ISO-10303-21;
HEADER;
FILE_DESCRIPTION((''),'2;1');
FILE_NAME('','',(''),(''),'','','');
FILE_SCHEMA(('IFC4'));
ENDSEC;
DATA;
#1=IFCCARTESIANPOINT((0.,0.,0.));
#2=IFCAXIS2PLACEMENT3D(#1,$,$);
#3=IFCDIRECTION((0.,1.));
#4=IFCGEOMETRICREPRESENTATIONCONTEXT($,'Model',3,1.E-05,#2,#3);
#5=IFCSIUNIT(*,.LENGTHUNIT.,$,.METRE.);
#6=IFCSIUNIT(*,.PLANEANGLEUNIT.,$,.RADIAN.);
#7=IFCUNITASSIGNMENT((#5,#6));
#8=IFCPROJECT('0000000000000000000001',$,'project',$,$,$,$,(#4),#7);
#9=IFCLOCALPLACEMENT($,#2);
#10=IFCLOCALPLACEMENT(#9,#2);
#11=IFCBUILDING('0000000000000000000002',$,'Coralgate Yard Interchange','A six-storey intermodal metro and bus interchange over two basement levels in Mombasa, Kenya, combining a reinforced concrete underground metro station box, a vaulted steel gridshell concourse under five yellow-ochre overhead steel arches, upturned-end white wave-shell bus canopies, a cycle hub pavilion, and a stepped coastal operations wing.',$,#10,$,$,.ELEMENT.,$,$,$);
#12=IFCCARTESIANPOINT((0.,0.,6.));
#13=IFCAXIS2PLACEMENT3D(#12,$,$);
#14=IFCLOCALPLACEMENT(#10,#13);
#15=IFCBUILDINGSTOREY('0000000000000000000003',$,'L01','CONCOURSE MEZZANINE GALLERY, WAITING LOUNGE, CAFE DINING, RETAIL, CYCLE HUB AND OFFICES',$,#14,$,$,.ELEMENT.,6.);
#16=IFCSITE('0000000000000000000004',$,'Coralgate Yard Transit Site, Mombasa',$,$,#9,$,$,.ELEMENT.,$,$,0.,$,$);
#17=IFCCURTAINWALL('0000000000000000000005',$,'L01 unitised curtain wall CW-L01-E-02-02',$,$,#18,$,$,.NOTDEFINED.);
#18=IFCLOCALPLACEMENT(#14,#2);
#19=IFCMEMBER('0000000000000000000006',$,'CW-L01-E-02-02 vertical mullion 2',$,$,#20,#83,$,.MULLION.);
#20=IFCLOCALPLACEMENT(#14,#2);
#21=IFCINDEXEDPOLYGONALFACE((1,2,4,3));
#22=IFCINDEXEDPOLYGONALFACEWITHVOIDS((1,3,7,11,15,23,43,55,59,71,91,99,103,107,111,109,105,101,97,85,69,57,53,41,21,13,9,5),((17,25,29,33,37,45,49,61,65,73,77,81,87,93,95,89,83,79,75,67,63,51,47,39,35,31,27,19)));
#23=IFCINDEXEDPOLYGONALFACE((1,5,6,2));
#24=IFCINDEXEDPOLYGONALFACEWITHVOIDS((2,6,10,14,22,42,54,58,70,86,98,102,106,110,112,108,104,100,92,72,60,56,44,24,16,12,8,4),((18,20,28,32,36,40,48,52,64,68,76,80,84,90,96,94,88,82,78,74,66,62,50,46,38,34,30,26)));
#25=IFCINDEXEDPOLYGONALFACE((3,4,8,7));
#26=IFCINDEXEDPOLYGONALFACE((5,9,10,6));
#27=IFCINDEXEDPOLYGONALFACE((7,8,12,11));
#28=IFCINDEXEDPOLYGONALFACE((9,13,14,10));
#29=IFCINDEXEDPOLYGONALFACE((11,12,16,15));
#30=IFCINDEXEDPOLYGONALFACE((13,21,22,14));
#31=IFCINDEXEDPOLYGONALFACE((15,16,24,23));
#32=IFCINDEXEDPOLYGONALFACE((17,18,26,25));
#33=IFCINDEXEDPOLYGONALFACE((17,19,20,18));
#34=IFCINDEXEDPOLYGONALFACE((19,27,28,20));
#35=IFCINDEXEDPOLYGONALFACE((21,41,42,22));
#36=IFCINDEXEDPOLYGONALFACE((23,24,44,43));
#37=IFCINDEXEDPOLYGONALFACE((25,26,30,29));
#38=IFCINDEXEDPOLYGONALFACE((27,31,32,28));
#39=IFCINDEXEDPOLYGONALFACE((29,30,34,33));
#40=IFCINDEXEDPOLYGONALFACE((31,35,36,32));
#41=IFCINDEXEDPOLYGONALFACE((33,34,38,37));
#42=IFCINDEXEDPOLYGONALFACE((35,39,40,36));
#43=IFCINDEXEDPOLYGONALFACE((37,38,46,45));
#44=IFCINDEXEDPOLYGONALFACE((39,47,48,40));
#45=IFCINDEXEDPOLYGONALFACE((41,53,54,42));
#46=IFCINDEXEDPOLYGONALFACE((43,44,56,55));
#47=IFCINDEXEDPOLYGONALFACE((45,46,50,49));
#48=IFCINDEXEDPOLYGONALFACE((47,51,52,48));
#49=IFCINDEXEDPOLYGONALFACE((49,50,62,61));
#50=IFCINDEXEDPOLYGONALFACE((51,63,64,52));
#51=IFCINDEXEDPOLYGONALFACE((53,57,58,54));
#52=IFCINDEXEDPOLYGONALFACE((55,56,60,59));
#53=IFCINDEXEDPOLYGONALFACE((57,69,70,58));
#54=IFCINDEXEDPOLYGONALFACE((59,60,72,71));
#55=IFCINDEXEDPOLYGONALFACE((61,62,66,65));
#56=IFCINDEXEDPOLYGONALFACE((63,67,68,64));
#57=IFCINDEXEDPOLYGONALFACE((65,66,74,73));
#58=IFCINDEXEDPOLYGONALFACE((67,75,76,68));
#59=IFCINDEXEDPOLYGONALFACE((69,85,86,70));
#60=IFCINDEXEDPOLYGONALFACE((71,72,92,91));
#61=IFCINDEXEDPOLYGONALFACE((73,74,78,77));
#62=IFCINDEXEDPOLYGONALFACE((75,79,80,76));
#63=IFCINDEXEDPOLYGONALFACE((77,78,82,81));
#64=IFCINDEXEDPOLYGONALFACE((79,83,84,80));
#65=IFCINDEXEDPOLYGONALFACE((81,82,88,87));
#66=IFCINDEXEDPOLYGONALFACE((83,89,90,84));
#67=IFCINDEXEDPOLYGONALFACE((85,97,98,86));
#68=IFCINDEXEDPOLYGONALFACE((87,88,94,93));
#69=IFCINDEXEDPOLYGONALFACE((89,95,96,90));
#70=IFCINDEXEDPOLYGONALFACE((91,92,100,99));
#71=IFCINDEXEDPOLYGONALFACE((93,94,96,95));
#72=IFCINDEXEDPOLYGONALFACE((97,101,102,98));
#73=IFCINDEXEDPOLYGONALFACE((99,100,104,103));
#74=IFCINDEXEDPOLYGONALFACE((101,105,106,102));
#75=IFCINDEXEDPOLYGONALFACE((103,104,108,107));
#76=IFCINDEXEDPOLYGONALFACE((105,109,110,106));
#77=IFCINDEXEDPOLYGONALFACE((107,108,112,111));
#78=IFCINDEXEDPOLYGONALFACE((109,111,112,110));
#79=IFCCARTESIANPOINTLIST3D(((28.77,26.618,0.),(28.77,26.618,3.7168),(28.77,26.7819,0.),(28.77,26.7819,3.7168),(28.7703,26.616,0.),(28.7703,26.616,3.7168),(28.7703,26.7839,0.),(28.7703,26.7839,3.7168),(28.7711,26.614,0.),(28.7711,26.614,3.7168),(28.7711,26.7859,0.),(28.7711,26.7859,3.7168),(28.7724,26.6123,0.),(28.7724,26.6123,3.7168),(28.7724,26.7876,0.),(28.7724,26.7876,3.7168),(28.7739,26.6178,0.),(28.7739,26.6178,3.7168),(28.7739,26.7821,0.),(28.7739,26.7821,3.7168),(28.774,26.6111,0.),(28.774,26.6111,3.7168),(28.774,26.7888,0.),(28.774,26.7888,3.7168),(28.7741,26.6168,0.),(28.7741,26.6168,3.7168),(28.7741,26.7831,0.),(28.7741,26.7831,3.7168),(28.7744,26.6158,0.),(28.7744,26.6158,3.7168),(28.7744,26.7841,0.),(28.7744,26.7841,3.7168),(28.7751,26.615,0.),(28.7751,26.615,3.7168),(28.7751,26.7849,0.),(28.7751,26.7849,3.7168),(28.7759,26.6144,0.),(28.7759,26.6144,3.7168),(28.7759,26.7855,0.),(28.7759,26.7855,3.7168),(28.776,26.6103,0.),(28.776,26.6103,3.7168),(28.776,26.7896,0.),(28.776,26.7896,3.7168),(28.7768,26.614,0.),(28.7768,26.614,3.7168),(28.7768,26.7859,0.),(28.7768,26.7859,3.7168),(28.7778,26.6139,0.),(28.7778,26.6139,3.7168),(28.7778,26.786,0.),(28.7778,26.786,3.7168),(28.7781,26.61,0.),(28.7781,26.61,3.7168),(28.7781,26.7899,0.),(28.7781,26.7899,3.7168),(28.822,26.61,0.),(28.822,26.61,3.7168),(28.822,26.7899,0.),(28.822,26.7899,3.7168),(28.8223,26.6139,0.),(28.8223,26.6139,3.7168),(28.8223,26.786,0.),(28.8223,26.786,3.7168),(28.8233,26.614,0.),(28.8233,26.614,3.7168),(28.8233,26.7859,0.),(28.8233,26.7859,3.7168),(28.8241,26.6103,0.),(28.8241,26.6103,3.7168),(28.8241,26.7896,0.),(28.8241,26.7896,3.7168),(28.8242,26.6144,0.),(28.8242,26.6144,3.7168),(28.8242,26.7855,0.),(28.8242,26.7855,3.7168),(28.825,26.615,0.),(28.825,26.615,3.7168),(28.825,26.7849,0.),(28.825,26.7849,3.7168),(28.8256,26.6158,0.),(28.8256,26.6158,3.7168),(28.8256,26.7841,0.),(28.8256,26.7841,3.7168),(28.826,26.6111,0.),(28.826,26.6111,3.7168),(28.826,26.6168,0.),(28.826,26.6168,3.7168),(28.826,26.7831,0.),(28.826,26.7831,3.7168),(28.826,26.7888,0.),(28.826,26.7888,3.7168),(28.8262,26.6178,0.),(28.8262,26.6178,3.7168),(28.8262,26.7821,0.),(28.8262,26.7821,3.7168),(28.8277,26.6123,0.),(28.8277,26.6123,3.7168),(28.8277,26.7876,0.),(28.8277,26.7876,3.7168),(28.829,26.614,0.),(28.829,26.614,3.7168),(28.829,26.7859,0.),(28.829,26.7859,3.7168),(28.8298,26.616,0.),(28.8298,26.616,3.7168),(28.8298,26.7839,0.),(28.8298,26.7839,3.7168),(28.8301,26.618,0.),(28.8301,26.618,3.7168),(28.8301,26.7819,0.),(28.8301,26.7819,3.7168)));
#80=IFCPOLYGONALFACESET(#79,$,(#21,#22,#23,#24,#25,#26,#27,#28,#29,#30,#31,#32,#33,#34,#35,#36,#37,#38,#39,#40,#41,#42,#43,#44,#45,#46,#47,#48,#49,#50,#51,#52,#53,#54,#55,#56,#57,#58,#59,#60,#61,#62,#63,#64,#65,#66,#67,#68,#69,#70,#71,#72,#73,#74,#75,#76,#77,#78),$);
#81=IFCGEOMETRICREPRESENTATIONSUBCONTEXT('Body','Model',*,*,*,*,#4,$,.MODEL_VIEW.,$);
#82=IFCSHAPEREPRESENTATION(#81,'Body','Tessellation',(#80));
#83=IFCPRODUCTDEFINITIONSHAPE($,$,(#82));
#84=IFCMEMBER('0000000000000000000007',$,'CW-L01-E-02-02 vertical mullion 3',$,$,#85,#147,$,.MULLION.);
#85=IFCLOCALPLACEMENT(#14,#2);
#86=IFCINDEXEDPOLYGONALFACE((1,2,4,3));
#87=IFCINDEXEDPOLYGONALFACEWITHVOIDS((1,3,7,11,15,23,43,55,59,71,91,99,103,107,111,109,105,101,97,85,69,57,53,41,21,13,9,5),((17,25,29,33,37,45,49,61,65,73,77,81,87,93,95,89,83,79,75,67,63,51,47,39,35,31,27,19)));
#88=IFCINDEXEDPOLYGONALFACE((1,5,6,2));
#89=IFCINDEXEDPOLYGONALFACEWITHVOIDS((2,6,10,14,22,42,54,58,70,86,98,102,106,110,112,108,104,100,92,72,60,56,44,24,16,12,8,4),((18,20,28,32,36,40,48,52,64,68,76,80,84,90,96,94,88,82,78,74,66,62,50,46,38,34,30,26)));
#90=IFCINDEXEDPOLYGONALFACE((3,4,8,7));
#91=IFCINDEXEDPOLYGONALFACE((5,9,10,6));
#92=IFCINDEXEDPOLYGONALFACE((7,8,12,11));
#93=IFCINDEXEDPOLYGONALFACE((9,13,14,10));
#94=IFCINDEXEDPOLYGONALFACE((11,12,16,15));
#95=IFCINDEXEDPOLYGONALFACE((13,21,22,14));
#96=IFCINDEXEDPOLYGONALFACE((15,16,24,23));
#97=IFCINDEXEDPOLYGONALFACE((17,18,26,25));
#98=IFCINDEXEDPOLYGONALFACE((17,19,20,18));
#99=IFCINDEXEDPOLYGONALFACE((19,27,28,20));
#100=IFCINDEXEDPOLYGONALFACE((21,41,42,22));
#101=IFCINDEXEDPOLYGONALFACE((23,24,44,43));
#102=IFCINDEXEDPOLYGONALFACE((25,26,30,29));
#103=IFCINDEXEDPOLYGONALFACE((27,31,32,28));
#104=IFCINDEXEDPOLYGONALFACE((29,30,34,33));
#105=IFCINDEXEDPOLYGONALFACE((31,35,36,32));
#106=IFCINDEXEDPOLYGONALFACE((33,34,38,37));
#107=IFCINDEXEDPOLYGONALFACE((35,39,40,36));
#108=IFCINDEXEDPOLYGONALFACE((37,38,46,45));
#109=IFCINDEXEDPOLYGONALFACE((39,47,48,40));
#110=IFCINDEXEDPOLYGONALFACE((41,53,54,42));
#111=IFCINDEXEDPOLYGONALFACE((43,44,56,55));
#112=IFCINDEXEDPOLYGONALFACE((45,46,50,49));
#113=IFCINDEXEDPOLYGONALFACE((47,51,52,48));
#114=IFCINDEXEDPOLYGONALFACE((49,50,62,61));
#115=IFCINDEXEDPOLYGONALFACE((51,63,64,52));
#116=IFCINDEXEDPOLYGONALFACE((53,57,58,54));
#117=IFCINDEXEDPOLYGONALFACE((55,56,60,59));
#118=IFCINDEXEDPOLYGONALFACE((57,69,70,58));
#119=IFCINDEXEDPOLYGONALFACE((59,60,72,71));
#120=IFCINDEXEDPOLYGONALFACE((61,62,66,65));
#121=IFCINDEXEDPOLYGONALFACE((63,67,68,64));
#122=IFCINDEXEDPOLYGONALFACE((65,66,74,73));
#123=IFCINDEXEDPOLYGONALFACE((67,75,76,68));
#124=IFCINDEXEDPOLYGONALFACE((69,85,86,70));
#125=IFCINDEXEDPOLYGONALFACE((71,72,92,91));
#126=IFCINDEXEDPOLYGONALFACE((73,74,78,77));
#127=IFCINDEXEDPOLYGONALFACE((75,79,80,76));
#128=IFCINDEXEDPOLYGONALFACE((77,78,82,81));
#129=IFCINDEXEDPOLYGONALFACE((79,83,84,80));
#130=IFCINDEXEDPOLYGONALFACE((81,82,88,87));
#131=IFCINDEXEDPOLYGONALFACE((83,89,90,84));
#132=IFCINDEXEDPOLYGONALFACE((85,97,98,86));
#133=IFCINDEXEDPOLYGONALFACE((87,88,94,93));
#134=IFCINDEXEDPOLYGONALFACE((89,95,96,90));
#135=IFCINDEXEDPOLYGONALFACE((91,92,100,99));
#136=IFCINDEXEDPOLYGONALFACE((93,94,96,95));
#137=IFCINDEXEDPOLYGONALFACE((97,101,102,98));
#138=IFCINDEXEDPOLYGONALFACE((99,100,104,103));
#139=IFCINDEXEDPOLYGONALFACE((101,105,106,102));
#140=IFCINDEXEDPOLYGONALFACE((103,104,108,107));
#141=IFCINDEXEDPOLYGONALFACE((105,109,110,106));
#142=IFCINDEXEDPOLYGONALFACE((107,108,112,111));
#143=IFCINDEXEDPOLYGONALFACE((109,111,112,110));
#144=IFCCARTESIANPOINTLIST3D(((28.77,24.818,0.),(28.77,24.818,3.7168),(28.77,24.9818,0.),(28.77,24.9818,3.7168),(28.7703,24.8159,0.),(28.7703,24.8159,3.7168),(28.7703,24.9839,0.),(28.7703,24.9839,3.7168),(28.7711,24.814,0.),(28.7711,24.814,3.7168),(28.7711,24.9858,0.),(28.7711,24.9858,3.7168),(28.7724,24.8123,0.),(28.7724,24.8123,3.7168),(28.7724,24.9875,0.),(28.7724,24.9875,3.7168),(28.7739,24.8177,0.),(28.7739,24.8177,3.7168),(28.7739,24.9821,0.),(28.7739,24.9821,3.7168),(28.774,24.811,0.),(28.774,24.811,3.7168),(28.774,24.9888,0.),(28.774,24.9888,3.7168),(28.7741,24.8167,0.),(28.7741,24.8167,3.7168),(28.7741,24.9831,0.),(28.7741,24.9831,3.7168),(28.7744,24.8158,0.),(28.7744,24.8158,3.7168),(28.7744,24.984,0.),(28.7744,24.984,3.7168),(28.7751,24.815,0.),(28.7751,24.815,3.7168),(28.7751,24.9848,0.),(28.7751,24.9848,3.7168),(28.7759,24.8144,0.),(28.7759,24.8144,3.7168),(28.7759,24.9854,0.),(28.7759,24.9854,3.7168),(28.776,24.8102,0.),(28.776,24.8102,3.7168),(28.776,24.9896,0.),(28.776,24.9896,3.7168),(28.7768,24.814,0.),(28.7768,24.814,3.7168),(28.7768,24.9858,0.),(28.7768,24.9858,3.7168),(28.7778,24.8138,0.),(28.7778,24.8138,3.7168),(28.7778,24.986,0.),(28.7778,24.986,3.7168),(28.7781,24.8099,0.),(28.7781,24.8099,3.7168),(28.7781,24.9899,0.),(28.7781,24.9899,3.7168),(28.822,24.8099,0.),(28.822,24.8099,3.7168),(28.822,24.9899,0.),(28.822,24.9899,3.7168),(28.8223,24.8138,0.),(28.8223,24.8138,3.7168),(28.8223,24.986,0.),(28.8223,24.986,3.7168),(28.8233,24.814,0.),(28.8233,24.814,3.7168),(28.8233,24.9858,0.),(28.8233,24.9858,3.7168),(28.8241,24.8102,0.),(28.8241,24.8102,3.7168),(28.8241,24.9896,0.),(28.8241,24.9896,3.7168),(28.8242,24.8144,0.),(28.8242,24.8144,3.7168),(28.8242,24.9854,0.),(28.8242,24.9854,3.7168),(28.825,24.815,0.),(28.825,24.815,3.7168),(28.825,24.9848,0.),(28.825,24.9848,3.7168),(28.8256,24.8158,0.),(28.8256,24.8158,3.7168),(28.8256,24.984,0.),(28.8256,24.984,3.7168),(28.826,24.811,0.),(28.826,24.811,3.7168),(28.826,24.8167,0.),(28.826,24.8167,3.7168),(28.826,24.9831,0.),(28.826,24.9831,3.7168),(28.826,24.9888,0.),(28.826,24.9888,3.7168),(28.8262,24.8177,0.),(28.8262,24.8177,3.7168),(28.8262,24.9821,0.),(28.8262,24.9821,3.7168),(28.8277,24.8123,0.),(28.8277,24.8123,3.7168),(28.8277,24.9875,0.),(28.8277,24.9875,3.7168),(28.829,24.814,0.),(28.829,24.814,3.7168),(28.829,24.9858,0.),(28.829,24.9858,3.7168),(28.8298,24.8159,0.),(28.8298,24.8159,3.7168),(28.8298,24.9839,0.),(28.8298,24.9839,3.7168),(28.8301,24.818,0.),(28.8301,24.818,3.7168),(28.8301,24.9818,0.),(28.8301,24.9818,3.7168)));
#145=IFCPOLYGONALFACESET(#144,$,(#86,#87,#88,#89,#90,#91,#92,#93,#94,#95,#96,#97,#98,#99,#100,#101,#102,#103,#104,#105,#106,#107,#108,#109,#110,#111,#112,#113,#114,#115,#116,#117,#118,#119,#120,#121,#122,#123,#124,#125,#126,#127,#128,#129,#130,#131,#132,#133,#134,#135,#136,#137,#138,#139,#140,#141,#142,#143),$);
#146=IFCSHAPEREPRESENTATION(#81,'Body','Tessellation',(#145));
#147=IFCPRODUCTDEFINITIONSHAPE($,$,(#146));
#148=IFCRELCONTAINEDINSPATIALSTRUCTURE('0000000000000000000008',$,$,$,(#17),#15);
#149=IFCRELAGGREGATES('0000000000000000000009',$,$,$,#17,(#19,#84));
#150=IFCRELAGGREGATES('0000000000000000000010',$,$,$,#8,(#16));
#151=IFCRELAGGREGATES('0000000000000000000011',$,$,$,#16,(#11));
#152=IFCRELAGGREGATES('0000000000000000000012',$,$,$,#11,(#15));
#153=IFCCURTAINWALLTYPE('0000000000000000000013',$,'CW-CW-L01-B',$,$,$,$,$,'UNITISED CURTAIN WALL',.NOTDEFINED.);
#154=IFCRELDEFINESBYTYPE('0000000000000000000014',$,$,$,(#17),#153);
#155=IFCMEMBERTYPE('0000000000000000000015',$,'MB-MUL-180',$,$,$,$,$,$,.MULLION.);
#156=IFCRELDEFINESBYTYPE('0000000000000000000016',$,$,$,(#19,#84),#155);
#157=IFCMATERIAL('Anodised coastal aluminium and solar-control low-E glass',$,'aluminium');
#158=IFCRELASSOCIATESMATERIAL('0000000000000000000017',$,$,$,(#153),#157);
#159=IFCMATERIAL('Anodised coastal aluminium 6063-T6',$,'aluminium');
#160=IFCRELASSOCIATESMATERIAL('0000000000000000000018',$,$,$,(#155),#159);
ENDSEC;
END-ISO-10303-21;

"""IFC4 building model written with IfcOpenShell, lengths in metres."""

from ifc_helpers import new_model, si_unit, direction, frame, origin, origin_2d, place, context, subcontext, project, spatial, hollow_rectangle, extrude, material, material_profile, profile_set, type_object, element, aggregate, save


model = new_model("IFC4")

# Units and contexts
model_context = context("Model", 3, precision=1e-05, world=origin(), true_north=direction((0.0, 1.0)))
body_context = subcontext(model_context, "Body", "Model", "MODEL_VIEW")
ifc_project = project(units=[si_unit("LENGTHUNIT", "METRE"), si_unit("PLANEANGLEUNIT", "RADIAN")], contexts=[model_context])

# Site, building, storey
site_placement = place(None, origin())
site = spatial("IfcSite", under=ifc_project, at=site_placement, Name="Coralgate Yard Transit Site, Mombasa", CompositionType="ELEMENT", RefElevation=0.0)
building_placement = place(site_placement, origin())
building = spatial("IfcBuilding", under=site, at=building_placement, Name="Coralgate Yard Interchange", Description="A six-storey intermodal metro and bus interchange over two basement levels in Mombasa, Kenya, combining a reinforced concrete underground metro station box, a vaulted steel gridshell concourse under five yellow-ochre overhead steel arches, upturned-end white wave-shell bus canopies, a cycle hub pavilion, and a stepped coastal operations wing.", CompositionType="ELEMENT")
storey_placement = place(building_placement, frame((0.0, 0.0, 6.0)))
storey = spatial("IfcBuildingStorey", under=building, at=storey_placement, Name="L01", Description="CONCOURSE MEZZANINE GALLERY, WAITING LOUNGE, CAFE DINING, RETAIL, CYCLE HUB AND OFFICES", CompositionType="ELEMENT", Elevation=6.0)

# Curtain wall, members
ifc_material_1 = material(Name="Anodised coastal aluminium and solar-control low-E glass", Category="aluminium")
curtain_wall_type_1 = type_object("IfcCurtainWallType", Name="CW-CW-L01-B", ElementType="UNITISED CURTAIN WALL", PredefinedType="NOTDEFINED", material=ifc_material_1)
curtain_wall_1_placement = place(storey_placement, origin())
curtain_wall_1 = element("IfcCurtainWall", 1, at=curtain_wall_1_placement, inside=storey, type_object=curtain_wall_type_1, Name="L01 unitised curtain wall CW-L01-E-02-02", PredefinedType="NOTDEFINED")
ifc_material_2 = material(Name="Anodised coastal aluminium 6063-T6", Category="aluminium")
ifc_material_profile_1 = material_profile(ifc_material_2, hollow_rectangle(XDim=0.0601, YDim=0.1799, WallThickness=0.0039, InnerFilletRadius=0.0039, OuterFilletRadius=0.0081, at=origin_2d()), Name="ALU 60x180x4")
ifc_profile_set_1 = profile_set([ifc_material_profile_1], Name="Anodised coastal aluminium 6063-T6")
member_type_1 = type_object("IfcMemberType", Name="MB-MUL-180", PredefinedType="MULLION", material=ifc_profile_set_1)
member_1_placement = place(storey_placement, frame((28.8, 26.7, 0.0), z_axis=(0.0, 0.0, 1.0), x_axis=(1.0, 0.0, 0.0)))
member_1 = element("IfcMember", 2, at=member_1_placement, type_object=member_type_1, Name="CW-L01-E-02-02 vertical mullion 2", PredefinedType="MULLION", context=body_context, shape_type="SweptSolid", body=[
    extrude(hollow_rectangle(XDim=0.0601, YDim=0.1799, WallThickness=0.0039, InnerFilletRadius=0.0039, OuterFilletRadius=0.0081, at=origin_2d()), origin(), (0.0, 0.0, 1.0), 3.7168),
])
member_2_placement = place(storey_placement, frame((28.8, 24.8999, 0.0), z_axis=(0.0, 0.0, 1.0), x_axis=(1.0, 0.0, 0.0)))
member_2 = element("IfcMember", 3, at=member_2_placement, type_object=member_type_1, Name="CW-L01-E-02-02 vertical mullion 3", PredefinedType="MULLION", context=body_context, shape_type="SweptSolid", body=[
    extrude(hollow_rectangle(XDim=0.0601, YDim=0.1799, WallThickness=0.0039, InnerFilletRadius=0.0039, OuterFilletRadius=0.0081, at=origin_2d()), origin(), (0.0, 0.0, 1.0), 3.7168),
])

aggregate(curtain_wall_1, [member_1, member_2])

save(model, "model.ifc")
